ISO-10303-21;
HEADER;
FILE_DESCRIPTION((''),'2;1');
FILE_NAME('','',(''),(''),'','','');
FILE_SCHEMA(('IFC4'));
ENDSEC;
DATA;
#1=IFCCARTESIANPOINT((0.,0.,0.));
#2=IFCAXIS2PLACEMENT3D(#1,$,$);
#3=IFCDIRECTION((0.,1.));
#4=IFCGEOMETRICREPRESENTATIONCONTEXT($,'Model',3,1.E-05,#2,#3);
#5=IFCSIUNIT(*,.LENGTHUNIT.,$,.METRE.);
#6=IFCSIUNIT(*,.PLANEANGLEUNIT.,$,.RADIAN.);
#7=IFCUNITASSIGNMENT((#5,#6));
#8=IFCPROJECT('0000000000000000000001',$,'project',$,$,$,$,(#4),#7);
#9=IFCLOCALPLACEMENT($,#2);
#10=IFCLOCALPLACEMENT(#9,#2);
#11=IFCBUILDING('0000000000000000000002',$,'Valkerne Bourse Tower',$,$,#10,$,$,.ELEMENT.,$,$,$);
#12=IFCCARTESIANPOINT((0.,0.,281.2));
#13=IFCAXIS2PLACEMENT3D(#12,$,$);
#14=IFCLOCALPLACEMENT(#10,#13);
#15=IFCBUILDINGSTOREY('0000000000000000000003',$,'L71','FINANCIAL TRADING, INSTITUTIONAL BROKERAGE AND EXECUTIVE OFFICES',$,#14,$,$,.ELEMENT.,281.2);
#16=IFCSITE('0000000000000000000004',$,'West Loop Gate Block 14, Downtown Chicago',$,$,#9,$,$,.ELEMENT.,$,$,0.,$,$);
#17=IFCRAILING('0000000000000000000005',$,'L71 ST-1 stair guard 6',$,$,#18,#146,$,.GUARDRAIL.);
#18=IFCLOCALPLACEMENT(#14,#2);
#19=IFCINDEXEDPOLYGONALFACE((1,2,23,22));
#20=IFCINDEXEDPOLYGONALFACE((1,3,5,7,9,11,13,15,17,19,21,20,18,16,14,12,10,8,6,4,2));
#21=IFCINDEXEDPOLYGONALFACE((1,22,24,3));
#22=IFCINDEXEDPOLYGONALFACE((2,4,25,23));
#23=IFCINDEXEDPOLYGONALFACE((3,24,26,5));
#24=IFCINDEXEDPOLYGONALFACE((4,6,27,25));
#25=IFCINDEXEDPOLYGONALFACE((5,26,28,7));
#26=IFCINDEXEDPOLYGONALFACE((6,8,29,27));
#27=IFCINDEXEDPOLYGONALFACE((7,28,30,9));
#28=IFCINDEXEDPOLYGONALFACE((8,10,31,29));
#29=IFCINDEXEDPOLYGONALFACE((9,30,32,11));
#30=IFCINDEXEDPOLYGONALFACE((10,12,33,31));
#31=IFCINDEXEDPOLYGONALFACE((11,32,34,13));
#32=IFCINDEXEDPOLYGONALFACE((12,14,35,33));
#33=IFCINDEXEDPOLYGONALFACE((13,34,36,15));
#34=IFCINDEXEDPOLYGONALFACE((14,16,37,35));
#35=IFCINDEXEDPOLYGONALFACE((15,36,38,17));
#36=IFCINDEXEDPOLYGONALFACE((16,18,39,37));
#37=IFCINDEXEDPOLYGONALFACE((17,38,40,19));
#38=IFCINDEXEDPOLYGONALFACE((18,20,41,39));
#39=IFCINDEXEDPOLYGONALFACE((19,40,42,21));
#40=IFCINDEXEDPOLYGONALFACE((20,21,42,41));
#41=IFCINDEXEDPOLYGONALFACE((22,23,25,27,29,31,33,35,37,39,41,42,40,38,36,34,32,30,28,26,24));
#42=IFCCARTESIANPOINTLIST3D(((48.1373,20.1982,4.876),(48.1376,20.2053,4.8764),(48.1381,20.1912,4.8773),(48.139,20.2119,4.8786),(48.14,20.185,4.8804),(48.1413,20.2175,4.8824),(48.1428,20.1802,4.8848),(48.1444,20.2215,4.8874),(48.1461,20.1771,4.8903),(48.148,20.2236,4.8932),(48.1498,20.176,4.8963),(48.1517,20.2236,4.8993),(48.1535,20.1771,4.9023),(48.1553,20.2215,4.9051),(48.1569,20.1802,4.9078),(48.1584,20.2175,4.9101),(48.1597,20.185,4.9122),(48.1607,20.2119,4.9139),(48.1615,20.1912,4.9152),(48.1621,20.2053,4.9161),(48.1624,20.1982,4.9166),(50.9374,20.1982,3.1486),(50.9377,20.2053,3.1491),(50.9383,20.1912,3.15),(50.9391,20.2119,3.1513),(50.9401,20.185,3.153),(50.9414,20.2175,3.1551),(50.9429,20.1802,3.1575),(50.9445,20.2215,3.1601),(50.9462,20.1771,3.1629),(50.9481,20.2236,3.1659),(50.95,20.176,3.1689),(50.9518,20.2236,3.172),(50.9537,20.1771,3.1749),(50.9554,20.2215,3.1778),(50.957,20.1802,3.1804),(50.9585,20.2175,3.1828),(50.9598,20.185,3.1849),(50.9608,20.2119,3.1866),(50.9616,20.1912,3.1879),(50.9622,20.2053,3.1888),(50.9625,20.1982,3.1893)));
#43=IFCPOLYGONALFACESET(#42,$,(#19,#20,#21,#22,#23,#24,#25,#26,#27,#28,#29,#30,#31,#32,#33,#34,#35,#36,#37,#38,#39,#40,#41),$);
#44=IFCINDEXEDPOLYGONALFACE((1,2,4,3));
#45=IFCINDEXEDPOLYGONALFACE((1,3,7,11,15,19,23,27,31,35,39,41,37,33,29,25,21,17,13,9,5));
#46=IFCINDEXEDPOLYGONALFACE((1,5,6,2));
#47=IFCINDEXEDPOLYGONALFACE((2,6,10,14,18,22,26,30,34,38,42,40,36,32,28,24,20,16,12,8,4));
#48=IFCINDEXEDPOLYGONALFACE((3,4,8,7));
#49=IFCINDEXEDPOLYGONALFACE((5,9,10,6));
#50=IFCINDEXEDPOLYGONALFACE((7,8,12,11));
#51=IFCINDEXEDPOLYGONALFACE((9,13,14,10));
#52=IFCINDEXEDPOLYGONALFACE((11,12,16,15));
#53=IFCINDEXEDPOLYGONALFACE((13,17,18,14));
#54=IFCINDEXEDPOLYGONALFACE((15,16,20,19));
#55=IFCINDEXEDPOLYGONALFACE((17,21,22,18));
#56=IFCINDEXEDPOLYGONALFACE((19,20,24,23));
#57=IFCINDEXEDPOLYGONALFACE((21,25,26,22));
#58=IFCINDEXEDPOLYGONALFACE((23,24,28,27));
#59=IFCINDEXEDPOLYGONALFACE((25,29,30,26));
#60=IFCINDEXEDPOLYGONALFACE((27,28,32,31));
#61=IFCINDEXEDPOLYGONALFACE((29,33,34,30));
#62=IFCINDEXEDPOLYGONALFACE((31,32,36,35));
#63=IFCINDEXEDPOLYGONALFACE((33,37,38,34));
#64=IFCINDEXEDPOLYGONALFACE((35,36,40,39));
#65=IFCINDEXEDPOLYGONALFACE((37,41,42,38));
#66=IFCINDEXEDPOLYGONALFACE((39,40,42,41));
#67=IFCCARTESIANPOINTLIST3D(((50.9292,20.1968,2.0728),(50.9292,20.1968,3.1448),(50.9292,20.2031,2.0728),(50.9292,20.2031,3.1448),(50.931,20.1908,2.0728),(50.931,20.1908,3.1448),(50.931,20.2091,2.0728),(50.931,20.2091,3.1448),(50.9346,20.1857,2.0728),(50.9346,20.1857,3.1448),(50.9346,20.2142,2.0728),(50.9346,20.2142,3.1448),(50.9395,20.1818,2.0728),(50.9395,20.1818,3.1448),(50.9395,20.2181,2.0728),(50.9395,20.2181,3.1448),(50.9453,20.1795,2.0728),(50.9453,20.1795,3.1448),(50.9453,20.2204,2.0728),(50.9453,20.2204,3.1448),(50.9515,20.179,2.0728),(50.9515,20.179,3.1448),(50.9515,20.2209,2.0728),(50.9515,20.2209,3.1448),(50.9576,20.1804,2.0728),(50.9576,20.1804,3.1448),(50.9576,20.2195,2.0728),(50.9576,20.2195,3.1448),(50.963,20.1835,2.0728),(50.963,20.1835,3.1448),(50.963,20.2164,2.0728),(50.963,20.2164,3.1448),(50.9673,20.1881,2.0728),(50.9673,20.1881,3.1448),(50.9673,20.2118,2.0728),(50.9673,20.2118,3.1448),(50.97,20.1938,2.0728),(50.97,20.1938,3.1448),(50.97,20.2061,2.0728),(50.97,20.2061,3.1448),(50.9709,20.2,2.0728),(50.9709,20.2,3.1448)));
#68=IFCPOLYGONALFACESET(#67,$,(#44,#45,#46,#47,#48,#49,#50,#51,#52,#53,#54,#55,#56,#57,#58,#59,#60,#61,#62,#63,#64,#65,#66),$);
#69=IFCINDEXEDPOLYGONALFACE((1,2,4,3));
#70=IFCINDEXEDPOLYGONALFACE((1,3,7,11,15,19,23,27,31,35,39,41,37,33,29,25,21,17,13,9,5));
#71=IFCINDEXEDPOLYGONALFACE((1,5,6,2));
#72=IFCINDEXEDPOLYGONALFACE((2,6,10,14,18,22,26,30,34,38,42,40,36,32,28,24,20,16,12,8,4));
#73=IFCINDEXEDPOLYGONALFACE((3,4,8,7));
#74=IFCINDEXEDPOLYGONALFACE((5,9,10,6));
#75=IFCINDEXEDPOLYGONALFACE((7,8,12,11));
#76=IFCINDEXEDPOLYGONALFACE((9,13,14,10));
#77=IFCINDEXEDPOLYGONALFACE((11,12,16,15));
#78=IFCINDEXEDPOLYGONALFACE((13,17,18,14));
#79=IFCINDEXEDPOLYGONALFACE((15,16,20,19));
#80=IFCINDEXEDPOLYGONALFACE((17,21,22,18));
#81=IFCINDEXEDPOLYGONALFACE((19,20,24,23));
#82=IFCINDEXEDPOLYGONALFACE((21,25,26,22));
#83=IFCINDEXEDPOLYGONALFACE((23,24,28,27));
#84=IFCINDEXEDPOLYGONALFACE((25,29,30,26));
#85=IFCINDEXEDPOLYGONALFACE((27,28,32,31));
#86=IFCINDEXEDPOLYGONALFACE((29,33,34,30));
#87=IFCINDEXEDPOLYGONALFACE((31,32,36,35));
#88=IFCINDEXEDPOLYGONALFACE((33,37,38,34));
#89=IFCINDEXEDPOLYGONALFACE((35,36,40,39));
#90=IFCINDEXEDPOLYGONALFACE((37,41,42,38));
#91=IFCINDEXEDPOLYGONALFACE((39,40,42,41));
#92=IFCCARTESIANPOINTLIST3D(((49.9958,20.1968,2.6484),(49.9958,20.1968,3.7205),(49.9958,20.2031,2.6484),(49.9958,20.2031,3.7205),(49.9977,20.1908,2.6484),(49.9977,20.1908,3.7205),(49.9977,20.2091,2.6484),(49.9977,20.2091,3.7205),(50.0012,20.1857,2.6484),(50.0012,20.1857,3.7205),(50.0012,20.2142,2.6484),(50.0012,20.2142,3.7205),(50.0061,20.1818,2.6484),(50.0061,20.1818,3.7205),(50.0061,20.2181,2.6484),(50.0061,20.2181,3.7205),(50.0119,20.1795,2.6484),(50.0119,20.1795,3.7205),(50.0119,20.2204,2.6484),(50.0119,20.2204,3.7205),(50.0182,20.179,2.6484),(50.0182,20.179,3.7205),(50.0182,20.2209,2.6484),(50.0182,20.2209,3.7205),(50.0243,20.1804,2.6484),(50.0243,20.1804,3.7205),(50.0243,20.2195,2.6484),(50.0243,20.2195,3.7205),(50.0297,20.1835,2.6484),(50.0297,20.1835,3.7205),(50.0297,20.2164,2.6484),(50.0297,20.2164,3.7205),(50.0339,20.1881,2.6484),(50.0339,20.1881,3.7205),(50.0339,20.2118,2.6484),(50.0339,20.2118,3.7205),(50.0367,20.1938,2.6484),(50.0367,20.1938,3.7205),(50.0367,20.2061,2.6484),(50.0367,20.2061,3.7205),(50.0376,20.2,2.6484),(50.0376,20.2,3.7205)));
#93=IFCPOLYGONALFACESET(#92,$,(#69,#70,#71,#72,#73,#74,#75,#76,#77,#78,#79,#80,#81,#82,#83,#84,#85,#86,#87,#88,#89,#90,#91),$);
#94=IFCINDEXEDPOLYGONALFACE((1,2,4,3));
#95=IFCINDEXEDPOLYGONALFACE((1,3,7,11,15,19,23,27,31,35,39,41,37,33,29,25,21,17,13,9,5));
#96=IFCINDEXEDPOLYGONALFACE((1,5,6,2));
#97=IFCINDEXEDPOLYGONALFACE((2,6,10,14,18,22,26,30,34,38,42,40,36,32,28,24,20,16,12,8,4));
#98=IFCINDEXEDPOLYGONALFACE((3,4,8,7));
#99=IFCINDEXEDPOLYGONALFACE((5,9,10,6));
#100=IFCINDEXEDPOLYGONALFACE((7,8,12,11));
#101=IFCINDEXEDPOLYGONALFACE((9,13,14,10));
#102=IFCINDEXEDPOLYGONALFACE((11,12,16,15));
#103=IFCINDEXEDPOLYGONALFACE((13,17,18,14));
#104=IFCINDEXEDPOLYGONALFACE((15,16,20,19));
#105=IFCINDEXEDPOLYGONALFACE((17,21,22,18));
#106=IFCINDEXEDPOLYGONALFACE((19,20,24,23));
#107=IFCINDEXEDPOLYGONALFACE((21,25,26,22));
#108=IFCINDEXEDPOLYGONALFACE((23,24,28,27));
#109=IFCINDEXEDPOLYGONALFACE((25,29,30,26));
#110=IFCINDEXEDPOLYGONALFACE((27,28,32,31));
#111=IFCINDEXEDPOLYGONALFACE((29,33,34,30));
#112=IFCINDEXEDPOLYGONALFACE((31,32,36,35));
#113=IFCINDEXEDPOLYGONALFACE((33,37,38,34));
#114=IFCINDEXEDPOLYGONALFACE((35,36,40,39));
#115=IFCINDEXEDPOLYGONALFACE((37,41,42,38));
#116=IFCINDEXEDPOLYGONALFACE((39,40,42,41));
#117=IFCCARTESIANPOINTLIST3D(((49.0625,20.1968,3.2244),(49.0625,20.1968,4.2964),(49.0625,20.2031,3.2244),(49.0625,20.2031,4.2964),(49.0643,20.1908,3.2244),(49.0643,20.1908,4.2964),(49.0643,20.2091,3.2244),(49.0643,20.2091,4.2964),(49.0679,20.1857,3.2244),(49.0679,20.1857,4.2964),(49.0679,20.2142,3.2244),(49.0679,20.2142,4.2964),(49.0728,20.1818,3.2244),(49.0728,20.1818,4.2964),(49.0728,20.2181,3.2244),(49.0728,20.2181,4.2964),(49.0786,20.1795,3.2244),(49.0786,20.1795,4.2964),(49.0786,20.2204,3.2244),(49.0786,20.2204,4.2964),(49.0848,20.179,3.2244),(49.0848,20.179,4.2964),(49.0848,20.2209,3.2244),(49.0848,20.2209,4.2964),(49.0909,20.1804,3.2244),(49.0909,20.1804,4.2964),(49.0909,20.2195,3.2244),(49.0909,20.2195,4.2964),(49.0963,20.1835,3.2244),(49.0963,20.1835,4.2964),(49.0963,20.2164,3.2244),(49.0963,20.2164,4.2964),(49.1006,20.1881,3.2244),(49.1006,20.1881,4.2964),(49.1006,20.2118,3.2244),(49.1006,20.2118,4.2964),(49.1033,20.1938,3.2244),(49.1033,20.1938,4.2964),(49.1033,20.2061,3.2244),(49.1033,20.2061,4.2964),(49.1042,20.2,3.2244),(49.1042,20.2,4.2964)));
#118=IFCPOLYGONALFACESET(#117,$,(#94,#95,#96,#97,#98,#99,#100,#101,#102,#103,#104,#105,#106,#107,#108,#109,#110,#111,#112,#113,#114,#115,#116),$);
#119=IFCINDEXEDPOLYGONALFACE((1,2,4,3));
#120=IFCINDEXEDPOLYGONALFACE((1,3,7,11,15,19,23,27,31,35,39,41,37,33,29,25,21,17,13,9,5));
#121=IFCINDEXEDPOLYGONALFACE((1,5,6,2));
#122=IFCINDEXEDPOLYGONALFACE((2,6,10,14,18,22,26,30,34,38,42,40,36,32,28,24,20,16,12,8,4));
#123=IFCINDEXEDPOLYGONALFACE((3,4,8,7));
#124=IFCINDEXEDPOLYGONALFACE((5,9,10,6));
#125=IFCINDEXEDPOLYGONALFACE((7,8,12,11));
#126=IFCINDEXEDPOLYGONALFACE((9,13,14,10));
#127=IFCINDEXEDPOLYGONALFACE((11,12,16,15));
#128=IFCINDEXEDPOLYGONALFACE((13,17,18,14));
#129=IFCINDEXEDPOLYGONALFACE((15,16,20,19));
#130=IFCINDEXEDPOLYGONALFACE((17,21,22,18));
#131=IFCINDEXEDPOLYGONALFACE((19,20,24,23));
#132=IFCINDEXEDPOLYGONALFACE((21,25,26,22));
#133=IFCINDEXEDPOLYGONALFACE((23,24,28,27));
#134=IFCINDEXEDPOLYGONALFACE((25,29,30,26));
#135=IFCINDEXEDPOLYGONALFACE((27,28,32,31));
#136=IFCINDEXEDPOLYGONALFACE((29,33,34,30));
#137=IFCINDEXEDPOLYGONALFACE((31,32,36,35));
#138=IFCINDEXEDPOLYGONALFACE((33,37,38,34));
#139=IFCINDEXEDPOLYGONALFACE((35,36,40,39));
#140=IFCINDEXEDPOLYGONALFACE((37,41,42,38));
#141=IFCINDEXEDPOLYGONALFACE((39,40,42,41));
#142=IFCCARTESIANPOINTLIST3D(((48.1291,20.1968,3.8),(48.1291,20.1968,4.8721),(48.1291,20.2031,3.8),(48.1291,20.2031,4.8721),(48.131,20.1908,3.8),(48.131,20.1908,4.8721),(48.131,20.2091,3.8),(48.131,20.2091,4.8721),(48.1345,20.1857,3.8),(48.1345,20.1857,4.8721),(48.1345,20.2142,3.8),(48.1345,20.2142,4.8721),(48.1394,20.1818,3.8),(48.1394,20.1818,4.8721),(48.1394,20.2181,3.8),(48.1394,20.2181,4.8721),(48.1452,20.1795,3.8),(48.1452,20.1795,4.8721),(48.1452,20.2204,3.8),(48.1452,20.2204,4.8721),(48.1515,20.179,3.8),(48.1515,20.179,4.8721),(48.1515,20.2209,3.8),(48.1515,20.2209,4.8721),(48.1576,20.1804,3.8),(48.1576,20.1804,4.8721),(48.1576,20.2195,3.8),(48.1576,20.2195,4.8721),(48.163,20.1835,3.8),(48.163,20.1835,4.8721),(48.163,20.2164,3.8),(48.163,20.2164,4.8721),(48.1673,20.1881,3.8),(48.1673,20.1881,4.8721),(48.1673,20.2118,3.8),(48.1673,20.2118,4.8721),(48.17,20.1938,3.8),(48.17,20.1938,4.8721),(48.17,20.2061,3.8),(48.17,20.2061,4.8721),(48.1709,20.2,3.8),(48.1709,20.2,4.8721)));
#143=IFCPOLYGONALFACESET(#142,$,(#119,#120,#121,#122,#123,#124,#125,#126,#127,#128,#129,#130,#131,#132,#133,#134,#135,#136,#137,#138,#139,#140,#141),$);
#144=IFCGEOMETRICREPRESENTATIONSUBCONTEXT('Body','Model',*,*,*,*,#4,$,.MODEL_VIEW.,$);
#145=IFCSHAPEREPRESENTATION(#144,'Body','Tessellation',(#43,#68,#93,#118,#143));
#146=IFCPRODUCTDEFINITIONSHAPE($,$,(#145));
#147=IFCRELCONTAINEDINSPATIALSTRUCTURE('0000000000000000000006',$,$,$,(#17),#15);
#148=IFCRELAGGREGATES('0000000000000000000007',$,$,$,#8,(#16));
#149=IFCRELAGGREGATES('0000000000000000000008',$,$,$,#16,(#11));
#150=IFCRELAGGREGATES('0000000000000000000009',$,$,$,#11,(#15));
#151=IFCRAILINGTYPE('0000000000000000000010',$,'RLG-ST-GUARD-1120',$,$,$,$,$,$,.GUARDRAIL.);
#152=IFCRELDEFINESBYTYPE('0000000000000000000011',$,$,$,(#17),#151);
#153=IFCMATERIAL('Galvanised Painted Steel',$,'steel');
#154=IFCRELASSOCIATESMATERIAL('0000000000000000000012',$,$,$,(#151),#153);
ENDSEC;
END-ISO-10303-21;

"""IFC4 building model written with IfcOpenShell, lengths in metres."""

from ifc_helpers import new_model, si_unit, direction, frame, origin, origin_2d, place, context, subcontext, project, spatial, circle, extrude, material, type_object, element, save


model = new_model("IFC4")

# Units and contexts
model_context = context("Model", 3, precision=1e-05, world=origin(), true_north=direction((0.0, 1.0)))
body_context = subcontext(model_context, "Body", "Model", "MODEL_VIEW")
ifc_project = project(units=[si_unit("LENGTHUNIT", "METRE"), si_unit("PLANEANGLEUNIT", "RADIAN")], contexts=[model_context])

# Site, building, storey
site_placement = place(None, origin())
site = spatial("IfcSite", under=ifc_project, at=site_placement, Name="West Loop Gate Block 14, Downtown Chicago", CompositionType="ELEMENT", RefElevation=0.0)
building_placement = place(site_placement, origin())
building = spatial("IfcBuilding", under=site, at=building_placement, Name="Valkerne Bourse Tower", CompositionType="ELEMENT")
storey_placement = place(building_placement, frame((0.0, 0.0, 281.2)))
storey = spatial("IfcBuildingStorey", under=building, at=storey_placement, Name="L71", Description="FINANCIAL TRADING, INSTITUTIONAL BROKERAGE AND EXECUTIVE OFFICES", CompositionType="ELEMENT", Elevation=281.2)

# Shared definitions
ifc_material_1 = material(Name="Galvanised Painted Steel", Category="steel")

# Railing
railing_type_1 = type_object("IfcRailingType", Name="RLG-ST-GUARD-1120", PredefinedType="GUARDRAIL", material=ifc_material_1)
railing_1_placement = place(storey_placement, frame((50.95, 20.2, 2.0728)))
element("IfcRailing", 1, at=railing_1_placement, inside=storey, type_object=railing_type_1, Name="L71 ST-1 stair guard 6", PredefinedType="GUARDRAIL", context=body_context, shape_type="SweptSolid", body=[
    extrude(circle(Radius=0.0239, at=origin_2d()), frame((0.0, 0.0, 1.0962), z_axis=(-0.85109, 0.0, 0.52502), x_axis=(0.0, -1.0, 0.0)), (0.0, 0.0, 1.0), 3.29),
    extrude(circle(Radius=0.021, at=origin_2d()), origin(), (0.0, 0.0, 1.0), 1.072),
    extrude(circle(Radius=0.021, at=origin_2d()), frame((-0.9333, 0.0, 0.5757)), (0.0, 0.0, 1.0), 1.072),
    extrude(circle(Radius=0.021, at=origin_2d()), frame((-1.8667, 0.0, 1.1516)), (0.0, 0.0, 1.0), 1.072),
    extrude(circle(Radius=0.021, at=origin_2d()), frame((-2.8, 0.0, 1.7273)), (0.0, 0.0, 1.0), 1.072),
])

save(model, "model.ifc")
